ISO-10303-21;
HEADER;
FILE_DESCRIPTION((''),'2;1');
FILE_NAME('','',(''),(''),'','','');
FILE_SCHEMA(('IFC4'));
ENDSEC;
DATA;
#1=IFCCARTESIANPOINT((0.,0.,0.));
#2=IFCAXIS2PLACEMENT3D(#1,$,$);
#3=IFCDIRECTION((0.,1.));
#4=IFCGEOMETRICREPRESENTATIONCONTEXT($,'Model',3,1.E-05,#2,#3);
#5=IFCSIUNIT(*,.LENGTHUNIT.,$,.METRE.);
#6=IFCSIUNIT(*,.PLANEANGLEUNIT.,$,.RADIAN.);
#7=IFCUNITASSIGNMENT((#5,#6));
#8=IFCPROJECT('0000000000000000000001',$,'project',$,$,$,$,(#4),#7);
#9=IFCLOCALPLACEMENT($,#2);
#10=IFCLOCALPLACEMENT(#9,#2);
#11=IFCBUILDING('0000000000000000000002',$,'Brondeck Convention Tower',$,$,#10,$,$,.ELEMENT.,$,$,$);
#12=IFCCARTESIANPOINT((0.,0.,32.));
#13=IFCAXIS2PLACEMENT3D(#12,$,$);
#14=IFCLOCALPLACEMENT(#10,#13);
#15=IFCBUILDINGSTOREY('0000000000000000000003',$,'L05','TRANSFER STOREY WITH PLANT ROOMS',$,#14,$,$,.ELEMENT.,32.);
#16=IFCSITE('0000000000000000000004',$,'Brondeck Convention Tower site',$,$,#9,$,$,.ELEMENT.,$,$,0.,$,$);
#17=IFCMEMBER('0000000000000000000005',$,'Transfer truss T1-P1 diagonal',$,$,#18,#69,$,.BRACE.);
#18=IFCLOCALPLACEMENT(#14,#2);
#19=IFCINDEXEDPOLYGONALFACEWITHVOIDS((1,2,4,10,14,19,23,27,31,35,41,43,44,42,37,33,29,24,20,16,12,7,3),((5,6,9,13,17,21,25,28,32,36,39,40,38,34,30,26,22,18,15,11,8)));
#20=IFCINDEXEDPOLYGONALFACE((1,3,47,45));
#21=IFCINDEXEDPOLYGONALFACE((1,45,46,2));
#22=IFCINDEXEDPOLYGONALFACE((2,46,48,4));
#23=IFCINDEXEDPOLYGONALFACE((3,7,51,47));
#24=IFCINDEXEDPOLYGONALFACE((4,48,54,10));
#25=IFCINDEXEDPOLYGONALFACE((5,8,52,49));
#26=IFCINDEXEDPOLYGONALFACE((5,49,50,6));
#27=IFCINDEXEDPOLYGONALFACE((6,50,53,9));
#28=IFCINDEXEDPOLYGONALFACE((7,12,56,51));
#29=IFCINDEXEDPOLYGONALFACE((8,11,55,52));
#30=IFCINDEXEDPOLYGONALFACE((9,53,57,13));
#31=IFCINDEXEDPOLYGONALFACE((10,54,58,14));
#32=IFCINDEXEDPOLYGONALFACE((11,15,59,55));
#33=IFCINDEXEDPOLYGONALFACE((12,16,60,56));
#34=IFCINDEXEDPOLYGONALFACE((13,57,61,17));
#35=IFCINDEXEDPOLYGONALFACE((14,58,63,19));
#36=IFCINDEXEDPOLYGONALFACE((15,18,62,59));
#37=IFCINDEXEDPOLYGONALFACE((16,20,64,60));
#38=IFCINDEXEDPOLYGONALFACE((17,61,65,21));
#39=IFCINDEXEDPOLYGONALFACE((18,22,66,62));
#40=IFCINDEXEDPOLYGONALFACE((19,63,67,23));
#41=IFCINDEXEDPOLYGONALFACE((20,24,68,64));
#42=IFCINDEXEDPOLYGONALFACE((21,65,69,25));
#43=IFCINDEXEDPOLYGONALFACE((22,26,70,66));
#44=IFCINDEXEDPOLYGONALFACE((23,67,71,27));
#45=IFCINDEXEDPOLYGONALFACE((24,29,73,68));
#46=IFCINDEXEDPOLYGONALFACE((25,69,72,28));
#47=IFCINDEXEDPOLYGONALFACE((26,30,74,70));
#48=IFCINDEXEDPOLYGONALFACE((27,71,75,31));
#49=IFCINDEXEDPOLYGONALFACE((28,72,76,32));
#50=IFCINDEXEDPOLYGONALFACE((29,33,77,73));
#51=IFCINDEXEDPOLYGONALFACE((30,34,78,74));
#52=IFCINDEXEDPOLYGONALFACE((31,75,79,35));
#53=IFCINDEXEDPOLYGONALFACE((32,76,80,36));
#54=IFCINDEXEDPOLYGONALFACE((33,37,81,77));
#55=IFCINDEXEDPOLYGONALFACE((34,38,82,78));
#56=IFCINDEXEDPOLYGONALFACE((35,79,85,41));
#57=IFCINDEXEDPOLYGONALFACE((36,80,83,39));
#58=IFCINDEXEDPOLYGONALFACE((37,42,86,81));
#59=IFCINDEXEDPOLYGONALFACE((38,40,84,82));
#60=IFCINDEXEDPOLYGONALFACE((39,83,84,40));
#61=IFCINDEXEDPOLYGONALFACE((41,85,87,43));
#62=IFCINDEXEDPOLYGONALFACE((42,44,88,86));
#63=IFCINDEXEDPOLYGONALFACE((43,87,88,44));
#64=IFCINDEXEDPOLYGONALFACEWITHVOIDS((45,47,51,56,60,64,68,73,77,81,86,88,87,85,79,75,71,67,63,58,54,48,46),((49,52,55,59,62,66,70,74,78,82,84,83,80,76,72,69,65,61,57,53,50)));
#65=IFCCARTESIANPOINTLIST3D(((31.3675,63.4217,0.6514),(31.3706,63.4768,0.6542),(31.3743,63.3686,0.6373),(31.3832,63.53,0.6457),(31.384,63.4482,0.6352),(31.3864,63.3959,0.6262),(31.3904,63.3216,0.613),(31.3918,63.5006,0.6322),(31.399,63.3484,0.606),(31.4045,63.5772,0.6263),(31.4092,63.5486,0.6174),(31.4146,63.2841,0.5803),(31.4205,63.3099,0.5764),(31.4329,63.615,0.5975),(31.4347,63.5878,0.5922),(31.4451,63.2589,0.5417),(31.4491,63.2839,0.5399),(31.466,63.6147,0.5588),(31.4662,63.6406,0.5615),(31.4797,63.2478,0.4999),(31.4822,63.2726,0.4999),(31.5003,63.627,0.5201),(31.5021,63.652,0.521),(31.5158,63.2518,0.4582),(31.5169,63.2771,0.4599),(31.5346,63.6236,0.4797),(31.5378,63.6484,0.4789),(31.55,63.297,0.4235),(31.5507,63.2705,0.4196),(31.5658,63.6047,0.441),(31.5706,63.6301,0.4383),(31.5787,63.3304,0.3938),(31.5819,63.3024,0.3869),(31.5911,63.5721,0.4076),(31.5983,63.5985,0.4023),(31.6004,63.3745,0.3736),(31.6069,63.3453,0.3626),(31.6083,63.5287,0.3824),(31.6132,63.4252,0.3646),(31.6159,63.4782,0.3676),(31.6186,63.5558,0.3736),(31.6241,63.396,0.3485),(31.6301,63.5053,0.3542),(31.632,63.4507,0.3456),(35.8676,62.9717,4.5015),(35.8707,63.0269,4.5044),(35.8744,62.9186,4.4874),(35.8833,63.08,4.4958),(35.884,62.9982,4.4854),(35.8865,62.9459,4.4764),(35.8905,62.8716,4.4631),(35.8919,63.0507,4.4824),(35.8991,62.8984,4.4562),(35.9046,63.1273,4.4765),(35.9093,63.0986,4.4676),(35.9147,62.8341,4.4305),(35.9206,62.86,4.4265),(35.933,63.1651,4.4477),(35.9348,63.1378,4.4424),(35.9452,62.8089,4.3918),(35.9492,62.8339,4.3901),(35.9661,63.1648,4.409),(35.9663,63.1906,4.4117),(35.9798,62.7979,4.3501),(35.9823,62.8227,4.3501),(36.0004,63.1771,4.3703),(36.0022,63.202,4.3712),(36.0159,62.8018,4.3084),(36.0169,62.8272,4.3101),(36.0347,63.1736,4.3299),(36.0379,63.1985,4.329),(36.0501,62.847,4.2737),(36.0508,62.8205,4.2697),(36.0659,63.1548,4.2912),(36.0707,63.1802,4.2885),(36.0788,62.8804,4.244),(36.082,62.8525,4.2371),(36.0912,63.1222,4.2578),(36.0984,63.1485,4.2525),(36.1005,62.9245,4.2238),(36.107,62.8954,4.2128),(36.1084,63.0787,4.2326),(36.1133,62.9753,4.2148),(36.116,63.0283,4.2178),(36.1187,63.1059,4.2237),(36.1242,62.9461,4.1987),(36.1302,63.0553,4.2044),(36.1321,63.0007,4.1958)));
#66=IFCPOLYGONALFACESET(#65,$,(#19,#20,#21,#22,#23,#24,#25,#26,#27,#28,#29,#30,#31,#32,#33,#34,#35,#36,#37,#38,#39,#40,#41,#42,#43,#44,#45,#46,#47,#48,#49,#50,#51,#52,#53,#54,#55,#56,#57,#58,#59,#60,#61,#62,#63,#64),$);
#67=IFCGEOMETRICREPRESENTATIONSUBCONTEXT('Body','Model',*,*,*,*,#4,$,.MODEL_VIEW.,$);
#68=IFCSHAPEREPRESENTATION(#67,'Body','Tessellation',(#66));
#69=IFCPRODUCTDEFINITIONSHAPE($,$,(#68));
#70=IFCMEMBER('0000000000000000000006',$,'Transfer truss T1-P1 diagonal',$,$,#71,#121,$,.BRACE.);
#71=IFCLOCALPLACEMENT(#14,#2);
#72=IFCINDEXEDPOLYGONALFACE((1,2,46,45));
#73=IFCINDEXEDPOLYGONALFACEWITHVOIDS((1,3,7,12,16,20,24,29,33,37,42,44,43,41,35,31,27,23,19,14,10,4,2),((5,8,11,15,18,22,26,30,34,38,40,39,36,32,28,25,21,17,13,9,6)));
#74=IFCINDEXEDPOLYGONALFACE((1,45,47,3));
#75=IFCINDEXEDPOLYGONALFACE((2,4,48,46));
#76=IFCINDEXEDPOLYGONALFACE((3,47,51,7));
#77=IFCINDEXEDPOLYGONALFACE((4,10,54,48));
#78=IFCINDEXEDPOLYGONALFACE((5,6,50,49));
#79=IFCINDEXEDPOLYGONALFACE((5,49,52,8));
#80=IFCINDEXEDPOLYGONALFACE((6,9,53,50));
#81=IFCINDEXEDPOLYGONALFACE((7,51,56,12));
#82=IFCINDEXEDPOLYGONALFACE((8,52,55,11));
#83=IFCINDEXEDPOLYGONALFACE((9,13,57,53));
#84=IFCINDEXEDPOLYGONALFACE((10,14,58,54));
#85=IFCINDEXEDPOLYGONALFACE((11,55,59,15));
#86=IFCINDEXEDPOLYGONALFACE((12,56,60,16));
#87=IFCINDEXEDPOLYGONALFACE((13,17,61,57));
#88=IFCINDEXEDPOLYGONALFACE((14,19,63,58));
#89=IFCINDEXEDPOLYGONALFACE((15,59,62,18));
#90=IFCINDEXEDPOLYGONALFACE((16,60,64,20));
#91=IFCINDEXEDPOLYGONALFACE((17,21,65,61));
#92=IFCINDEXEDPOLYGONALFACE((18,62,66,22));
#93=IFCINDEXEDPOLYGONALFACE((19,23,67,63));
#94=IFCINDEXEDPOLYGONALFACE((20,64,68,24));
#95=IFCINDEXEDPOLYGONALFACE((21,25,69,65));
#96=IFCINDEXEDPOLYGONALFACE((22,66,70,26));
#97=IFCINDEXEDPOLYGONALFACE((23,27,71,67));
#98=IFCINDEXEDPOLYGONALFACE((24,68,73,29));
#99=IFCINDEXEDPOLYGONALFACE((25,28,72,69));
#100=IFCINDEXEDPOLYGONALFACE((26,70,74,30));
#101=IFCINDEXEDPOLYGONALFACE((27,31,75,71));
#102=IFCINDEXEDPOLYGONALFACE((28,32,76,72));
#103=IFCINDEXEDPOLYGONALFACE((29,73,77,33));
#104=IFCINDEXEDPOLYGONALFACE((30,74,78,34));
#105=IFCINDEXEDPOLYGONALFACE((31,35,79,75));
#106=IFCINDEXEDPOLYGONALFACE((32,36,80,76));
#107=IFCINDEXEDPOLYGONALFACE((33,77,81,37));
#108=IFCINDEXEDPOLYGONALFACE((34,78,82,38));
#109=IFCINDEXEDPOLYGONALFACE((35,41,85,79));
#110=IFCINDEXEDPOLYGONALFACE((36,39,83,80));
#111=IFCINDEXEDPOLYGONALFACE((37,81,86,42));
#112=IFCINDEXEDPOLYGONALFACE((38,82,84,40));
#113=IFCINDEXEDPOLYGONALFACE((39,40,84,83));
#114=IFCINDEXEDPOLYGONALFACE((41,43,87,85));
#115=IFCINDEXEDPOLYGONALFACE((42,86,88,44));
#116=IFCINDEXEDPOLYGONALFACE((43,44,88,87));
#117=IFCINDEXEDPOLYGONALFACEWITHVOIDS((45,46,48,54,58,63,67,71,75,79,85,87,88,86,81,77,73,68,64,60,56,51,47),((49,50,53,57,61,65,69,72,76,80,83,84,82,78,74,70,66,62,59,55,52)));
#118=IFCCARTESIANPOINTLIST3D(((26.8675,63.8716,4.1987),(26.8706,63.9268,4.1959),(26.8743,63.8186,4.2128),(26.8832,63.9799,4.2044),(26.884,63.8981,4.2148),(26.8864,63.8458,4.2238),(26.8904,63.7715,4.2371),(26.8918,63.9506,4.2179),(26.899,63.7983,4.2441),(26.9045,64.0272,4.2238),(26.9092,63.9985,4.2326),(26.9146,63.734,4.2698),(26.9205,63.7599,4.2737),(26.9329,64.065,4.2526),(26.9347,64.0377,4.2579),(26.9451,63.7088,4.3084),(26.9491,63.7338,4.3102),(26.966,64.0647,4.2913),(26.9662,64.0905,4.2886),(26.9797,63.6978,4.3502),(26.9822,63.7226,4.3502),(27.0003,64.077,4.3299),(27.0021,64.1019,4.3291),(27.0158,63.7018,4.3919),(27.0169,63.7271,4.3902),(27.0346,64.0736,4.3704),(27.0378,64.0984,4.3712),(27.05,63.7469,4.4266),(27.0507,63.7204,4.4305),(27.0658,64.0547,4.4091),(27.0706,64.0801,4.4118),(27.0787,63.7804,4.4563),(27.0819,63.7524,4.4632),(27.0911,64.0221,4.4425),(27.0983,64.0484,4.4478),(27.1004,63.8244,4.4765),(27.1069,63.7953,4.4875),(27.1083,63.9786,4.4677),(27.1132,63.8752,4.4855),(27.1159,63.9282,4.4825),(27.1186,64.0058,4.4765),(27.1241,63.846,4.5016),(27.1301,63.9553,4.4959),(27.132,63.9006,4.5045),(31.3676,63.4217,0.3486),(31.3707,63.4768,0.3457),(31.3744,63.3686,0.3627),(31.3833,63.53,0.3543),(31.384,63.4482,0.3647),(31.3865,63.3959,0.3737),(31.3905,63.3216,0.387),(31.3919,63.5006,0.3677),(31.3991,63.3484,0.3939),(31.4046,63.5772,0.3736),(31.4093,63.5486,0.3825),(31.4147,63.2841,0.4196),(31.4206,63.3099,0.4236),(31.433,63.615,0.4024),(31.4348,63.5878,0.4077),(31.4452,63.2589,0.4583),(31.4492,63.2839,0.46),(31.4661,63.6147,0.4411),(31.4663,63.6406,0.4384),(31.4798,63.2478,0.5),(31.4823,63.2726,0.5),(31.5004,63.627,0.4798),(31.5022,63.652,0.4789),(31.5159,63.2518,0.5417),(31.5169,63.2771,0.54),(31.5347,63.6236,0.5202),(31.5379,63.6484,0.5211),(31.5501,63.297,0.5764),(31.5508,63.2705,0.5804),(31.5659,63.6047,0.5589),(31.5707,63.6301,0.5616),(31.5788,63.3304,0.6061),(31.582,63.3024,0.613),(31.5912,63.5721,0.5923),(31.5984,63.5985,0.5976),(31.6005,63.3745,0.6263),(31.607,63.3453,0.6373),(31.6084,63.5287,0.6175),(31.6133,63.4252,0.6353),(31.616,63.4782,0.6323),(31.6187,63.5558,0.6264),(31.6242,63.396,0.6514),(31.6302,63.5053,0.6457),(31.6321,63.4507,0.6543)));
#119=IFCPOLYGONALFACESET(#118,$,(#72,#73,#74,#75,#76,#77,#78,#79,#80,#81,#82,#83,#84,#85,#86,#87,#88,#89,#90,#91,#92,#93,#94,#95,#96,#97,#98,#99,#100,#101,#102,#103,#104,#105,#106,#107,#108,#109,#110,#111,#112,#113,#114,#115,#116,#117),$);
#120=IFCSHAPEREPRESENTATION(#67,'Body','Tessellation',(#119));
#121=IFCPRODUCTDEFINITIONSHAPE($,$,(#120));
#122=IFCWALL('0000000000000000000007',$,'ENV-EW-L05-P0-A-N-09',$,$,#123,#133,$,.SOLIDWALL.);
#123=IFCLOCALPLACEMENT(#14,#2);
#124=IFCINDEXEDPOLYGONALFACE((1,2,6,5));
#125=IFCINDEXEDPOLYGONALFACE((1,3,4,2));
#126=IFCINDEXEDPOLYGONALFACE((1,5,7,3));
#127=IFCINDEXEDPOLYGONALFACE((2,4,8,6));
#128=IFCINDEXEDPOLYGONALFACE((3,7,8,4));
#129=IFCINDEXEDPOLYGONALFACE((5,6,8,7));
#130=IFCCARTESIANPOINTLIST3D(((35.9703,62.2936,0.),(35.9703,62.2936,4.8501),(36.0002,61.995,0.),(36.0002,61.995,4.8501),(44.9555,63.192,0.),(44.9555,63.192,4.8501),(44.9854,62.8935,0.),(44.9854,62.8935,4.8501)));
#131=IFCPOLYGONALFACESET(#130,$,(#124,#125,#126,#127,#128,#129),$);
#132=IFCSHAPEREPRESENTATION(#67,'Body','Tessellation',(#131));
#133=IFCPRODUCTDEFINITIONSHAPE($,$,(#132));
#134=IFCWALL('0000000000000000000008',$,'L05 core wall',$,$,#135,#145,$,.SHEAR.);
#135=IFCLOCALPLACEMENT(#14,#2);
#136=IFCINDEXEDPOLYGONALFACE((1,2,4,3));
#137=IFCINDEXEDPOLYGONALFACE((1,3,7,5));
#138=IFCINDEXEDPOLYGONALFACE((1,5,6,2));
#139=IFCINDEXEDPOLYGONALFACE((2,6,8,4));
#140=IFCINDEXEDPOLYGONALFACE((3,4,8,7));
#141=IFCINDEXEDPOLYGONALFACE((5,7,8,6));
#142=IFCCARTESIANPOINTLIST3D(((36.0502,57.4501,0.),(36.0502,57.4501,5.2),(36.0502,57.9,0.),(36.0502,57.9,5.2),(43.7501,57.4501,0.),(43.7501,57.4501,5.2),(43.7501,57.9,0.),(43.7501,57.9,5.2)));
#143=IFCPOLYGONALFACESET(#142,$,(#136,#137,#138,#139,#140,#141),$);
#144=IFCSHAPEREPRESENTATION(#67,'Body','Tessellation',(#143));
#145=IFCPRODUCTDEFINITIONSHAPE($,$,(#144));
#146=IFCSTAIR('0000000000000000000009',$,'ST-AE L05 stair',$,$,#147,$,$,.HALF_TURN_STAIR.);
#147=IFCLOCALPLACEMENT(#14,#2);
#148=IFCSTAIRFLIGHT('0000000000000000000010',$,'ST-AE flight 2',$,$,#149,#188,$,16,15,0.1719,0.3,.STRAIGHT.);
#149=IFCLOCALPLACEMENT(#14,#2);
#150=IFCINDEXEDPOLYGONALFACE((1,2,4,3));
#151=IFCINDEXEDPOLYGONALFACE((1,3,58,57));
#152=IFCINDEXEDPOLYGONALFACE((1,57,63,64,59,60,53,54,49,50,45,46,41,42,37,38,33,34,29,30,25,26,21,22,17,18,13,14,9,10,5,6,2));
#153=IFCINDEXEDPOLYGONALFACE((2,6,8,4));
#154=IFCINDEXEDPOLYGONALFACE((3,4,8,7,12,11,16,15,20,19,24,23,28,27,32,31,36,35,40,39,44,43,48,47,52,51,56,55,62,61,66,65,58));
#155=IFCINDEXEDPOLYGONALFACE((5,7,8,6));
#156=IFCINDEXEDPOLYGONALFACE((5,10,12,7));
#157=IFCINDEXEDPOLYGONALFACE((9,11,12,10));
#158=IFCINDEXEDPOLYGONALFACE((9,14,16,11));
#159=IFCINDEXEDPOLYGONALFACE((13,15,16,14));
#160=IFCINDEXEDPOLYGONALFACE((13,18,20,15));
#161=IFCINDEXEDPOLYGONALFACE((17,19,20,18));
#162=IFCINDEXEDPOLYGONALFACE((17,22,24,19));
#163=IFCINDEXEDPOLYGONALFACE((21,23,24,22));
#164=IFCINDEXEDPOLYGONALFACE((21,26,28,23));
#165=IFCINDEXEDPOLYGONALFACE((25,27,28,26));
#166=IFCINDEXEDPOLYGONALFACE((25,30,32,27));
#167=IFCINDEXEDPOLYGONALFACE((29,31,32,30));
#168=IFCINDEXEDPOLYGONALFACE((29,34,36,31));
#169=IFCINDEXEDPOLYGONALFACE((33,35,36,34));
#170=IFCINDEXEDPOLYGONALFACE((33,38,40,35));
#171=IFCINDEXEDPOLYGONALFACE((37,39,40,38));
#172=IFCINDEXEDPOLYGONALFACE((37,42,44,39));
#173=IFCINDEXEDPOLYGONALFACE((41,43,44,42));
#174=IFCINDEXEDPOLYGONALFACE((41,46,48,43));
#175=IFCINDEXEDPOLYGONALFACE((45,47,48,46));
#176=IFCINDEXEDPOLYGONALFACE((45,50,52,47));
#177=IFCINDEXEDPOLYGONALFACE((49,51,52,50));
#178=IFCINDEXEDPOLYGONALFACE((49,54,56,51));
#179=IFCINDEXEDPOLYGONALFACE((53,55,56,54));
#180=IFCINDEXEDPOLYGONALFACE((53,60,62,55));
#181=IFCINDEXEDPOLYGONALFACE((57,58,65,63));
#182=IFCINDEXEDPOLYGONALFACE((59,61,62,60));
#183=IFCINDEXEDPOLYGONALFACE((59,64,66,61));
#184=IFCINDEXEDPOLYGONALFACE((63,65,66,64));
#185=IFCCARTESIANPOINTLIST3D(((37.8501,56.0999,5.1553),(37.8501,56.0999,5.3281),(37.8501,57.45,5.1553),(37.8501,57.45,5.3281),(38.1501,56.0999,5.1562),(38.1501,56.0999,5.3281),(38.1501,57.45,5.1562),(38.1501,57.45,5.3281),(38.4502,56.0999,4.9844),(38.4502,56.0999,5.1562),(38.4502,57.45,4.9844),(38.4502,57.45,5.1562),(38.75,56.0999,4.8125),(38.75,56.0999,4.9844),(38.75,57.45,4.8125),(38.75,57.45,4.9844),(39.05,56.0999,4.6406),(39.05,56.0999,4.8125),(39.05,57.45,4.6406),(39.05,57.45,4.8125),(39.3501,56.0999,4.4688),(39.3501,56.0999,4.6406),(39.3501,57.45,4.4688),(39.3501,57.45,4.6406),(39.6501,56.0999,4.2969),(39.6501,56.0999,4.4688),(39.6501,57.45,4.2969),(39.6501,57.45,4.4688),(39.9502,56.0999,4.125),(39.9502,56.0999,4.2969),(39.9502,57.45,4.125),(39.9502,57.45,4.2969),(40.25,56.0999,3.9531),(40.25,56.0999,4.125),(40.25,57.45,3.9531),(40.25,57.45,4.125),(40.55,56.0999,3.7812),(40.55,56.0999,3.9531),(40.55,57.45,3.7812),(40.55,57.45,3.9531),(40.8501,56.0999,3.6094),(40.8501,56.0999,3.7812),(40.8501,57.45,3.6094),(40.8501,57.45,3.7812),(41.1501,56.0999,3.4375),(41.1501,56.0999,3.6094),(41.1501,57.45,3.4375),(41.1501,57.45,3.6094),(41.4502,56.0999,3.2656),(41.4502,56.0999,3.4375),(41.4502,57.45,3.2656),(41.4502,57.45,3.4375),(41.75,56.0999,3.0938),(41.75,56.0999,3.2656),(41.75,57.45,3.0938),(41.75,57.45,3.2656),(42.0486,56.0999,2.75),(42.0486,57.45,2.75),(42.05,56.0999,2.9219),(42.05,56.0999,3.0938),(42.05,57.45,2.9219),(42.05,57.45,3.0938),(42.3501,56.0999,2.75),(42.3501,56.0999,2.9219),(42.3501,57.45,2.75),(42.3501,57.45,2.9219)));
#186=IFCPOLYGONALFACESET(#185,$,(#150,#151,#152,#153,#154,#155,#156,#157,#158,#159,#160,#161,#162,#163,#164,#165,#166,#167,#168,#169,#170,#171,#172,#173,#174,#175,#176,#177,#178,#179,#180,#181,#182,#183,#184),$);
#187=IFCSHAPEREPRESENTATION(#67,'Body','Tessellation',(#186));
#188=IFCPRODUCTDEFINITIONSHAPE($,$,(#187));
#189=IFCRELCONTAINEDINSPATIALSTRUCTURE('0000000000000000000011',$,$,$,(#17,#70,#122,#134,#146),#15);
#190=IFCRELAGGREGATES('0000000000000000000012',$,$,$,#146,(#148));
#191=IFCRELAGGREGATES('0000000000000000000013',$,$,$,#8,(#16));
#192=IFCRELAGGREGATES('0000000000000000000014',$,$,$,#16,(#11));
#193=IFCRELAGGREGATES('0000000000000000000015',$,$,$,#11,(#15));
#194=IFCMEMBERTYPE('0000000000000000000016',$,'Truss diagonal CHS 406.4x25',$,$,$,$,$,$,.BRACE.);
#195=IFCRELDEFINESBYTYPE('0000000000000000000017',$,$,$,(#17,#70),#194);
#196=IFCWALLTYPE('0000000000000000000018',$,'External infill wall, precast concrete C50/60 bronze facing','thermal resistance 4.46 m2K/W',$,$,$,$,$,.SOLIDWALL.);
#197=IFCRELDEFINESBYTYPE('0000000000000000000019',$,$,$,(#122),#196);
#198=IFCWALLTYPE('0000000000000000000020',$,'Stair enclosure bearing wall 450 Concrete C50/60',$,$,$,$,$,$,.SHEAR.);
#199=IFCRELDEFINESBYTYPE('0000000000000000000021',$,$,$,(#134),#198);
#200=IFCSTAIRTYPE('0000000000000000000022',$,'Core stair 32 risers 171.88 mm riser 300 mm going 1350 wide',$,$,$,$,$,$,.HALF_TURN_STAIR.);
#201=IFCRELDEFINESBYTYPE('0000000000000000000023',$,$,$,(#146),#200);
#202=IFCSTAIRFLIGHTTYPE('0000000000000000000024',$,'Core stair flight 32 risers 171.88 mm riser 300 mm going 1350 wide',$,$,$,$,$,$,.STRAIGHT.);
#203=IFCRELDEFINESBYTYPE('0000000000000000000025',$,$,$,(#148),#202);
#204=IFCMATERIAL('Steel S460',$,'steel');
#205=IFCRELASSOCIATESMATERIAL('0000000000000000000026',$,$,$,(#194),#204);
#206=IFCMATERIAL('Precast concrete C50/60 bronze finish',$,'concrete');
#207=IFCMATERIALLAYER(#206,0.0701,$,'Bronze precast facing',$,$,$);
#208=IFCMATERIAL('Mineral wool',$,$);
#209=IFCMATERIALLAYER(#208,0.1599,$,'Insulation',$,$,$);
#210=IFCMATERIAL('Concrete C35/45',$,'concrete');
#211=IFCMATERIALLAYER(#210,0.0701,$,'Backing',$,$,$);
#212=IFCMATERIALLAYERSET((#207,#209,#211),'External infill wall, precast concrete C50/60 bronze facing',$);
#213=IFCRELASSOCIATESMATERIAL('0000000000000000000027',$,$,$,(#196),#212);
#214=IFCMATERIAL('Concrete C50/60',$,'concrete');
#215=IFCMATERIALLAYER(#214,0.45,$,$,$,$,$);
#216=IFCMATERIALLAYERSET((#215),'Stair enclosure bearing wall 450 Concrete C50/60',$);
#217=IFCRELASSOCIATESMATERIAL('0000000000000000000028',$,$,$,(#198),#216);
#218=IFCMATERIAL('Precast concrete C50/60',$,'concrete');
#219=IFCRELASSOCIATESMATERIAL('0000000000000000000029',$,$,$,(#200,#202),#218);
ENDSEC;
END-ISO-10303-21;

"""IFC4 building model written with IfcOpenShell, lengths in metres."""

from ifc_helpers import new_model, si_unit, direction, frame, frame_2d, origin, origin_2d, place, context, subcontext, project, spatial, polyline, rectangle, hollow_circle, outline, extrude, material, layer, layer_set, material_profile, profile_set, type_object, element, aggregate, save


model = new_model("IFC4")

# Units and contexts
model_context = context("Model", 3, precision=1e-05, world=origin(), true_north=direction((0.0, 1.0)))
body_context = subcontext(model_context, "Body", "Model", "MODEL_VIEW")
ifc_project = project(units=[si_unit("LENGTHUNIT", "METRE"), si_unit("PLANEANGLEUNIT", "RADIAN")], contexts=[model_context])

# Site, building, storey
site_placement = place(None, origin())
site = spatial("IfcSite", under=ifc_project, at=site_placement, Name="Brondeck Convention Tower site", CompositionType="ELEMENT", RefElevation=0.0)
building_placement = place(site_placement, origin())
building = spatial("IfcBuilding", under=site, at=building_placement, Name="Brondeck Convention Tower", CompositionType="ELEMENT")
storey_placement = place(building_placement, frame((0.0, 0.0, 32.0)))
storey = spatial("IfcBuildingStorey", under=building, at=storey_placement, Name="L05", Description="TRANSFER STOREY WITH PLANT ROOMS", CompositionType="ELEMENT", Elevation=32.0)

# Shared definitions
ifc_material_1 = material(Name="Steel S460", Category="steel")

# Members
ifc_material_profile_1 = material_profile(ifc_material_1, hollow_circle(Radius=0.2031, WallThickness=0.0249, at=origin_2d()), Name="CHS 406.4x25")
ifc_profile_set_1 = profile_set([ifc_material_profile_1], Name="Steel S460")
member_type_1 = type_object("IfcMemberType", Name="Truss diagonal CHS 406.4x25", PredefinedType="BRACE", material=ifc_profile_set_1)
for number, where, z_axis, x_axis, name in (
    (1, (36.0, 63.0, 4.3501), (-0.75766, 0.075758, -0.648237), (-0.099493, -0.995038, 0.0), "Transfer truss T1-P1 diagonal"),
    (2, (31.5, 63.45, 0.5), (-0.75766, 0.075758, 0.648237), (-0.099493, -0.995038, 0.0), "Transfer truss T1-P1 diagonal"),
):
    element("IfcMember", number, at=place(storey_placement, frame(where, z_axis=z_axis, x_axis=x_axis)), inside=storey, type_object=member_type_1, Name=name, PredefinedType="BRACE", context=body_context, shape_type="SweptSolid", body=[
        extrude(hollow_circle(Radius=0.2031, WallThickness=0.0249, at=origin_2d()), origin(), (0.0, 0.0, 1.0), 5.9395),
    ])

# Walls
ifc_material_2 = material(Name="Precast concrete C50/60 bronze finish", Category="concrete")
ifc_layer_1 = layer(ifc_material_2, 0.0701, Name="Bronze precast facing")
ifc_material_3 = material(Name="Mineral wool")
ifc_layer_2 = layer(ifc_material_3, 0.1599, Name="Insulation")
ifc_material_4 = material(Name="Concrete C35/45", Category="concrete")
ifc_layer_3 = layer(ifc_material_4, 0.0701, Name="Backing")
ifc_layer_set_1 = layer_set([ifc_layer_1, ifc_layer_2, ifc_layer_3], Name="External infill wall, precast concrete C50/60 bronze facing")
wall_type_1 = type_object("IfcWallType", Name="External infill wall, precast concrete C50/60 bronze facing", Description="thermal resistance 4.46 m2K/W", PredefinedType="SOLIDWALL", material=ifc_layer_set_1)
wall_1_placement = place(storey_placement, frame((35.9851, 62.1443, 0.0), z_axis=(0.0, 0.0, 1.0), x_axis=(0.995038, 0.099496, 0.0)))
element("IfcWall", 3, at=wall_1_placement, inside=storey, type_object=wall_type_1, Name="ENV-EW-L05-P0-A-N-09", PredefinedType="SOLIDWALL", context=body_context, shape_type="SweptSolid", body=[
    extrude(rectangle(XDim=9.03, YDim=0.3, at=frame_2d((4.5151, 0.0))), origin(), (0.0, 0.0, 1.0), 4.8501),
])
ifc_material_5 = material(Name="Concrete C50/60", Category="concrete")
ifc_layer_4 = layer(ifc_material_5, 0.45)
ifc_layer_set_2 = layer_set([ifc_layer_4], Name="Stair enclosure bearing wall 450 Concrete C50/60")
wall_type_2 = type_object("IfcWallType", Name="Stair enclosure bearing wall 450 Concrete C50/60", PredefinedType="SHEAR", material=ifc_layer_set_2)
wall_2_placement = place(storey_placement, frame((36.05, 57.675, 0.0), z_axis=(0.0, 0.0, 1.0), x_axis=(1.0, 0.0, 0.0)))
element("IfcWall", 4, at=wall_2_placement, inside=storey, type_object=wall_type_2, Name="L05 core wall", PredefinedType="SHEAR", context=body_context, shape_type="SweptSolid", body=[
    extrude(rectangle(XDim=7.7, YDim=0.45, at=frame_2d((3.8501, 0.0))), origin(), (0.0, 0.0, 1.0), 5.2),
])

# Stair, stair flight
ifc_material_6 = material(Name="Precast concrete C50/60", Category="concrete")
stair_type = type_object("IfcStairType", Name="Core stair 32 risers 171.88 mm riser 300 mm going 1350 wide", PredefinedType="HALF_TURN_STAIR", material=ifc_material_6)
stair_placement = place(storey_placement, origin())
stair = element("IfcStair", 5, at=stair_placement, inside=storey, type_object=stair_type, Name="ST-AE L05 stair", PredefinedType="HALF_TURN_STAIR")
stair_flight_type = type_object("IfcStairFlightType", Name="Core stair flight 32 risers 171.88 mm riser 300 mm going 1350 wide", PredefinedType="STRAIGHT", material=ifc_material_6)
stair_flight_placement = place(storey_placement, frame((42.3501, 56.7749, 2.75), z_axis=(0.0, 0.0, 1.0), x_axis=(-1.0, 0.0, 0.0)))
stair_flight = element("IfcStairFlight", 6, at=stair_flight_placement, type_object=stair_flight_type, Name="ST-AE flight 2", NumberOfRisers=16, NumberOfTreads=15, PredefinedType="STRAIGHT", RiserHeight=0.1719, TreadLength=0.3, context=body_context, shape_type="SweptSolid", body=[
    extrude(outline(polyline([(0.0, 0.0), (0.0, 0.1719), (0.3, 0.1719), (0.3, 0.3438), (0.6001, 0.3438), (0.6001, 0.5156), (0.8999, 0.5156), (0.8999, 0.6875), (1.2, 0.6875), (1.2, 0.8594), (1.5, 0.8594), (1.5, 1.0312), (1.8, 1.0312), (1.8, 1.2031), (2.1001, 1.2031), (2.1001, 1.375), (2.3999, 1.375), (2.3999, 1.5469), (2.7, 1.5469), (2.7, 1.7188), (3.0, 1.7188), (3.0, 1.8906), (3.3, 1.8906), (3.3, 2.0625), (3.6001, 2.0625), (3.6001, 2.2344), (3.8999, 2.2344), (3.8999, 2.4062), (4.2, 2.4062), (4.2, 2.5781), (4.5, 2.5781), (4.5, 2.75), (4.5, 2.4053), (0.3015, 0.0), (0.0, 0.0)])), frame((0.0, 0.675, 0.0), z_axis=(0.0, -1.0, 0.0), x_axis=(1.0, 0.0, 0.0)), (0.0, 0.0, 1.0), 1.3501),
])
aggregate(stair, [stair_flight])

save(model, "model.ifc")
